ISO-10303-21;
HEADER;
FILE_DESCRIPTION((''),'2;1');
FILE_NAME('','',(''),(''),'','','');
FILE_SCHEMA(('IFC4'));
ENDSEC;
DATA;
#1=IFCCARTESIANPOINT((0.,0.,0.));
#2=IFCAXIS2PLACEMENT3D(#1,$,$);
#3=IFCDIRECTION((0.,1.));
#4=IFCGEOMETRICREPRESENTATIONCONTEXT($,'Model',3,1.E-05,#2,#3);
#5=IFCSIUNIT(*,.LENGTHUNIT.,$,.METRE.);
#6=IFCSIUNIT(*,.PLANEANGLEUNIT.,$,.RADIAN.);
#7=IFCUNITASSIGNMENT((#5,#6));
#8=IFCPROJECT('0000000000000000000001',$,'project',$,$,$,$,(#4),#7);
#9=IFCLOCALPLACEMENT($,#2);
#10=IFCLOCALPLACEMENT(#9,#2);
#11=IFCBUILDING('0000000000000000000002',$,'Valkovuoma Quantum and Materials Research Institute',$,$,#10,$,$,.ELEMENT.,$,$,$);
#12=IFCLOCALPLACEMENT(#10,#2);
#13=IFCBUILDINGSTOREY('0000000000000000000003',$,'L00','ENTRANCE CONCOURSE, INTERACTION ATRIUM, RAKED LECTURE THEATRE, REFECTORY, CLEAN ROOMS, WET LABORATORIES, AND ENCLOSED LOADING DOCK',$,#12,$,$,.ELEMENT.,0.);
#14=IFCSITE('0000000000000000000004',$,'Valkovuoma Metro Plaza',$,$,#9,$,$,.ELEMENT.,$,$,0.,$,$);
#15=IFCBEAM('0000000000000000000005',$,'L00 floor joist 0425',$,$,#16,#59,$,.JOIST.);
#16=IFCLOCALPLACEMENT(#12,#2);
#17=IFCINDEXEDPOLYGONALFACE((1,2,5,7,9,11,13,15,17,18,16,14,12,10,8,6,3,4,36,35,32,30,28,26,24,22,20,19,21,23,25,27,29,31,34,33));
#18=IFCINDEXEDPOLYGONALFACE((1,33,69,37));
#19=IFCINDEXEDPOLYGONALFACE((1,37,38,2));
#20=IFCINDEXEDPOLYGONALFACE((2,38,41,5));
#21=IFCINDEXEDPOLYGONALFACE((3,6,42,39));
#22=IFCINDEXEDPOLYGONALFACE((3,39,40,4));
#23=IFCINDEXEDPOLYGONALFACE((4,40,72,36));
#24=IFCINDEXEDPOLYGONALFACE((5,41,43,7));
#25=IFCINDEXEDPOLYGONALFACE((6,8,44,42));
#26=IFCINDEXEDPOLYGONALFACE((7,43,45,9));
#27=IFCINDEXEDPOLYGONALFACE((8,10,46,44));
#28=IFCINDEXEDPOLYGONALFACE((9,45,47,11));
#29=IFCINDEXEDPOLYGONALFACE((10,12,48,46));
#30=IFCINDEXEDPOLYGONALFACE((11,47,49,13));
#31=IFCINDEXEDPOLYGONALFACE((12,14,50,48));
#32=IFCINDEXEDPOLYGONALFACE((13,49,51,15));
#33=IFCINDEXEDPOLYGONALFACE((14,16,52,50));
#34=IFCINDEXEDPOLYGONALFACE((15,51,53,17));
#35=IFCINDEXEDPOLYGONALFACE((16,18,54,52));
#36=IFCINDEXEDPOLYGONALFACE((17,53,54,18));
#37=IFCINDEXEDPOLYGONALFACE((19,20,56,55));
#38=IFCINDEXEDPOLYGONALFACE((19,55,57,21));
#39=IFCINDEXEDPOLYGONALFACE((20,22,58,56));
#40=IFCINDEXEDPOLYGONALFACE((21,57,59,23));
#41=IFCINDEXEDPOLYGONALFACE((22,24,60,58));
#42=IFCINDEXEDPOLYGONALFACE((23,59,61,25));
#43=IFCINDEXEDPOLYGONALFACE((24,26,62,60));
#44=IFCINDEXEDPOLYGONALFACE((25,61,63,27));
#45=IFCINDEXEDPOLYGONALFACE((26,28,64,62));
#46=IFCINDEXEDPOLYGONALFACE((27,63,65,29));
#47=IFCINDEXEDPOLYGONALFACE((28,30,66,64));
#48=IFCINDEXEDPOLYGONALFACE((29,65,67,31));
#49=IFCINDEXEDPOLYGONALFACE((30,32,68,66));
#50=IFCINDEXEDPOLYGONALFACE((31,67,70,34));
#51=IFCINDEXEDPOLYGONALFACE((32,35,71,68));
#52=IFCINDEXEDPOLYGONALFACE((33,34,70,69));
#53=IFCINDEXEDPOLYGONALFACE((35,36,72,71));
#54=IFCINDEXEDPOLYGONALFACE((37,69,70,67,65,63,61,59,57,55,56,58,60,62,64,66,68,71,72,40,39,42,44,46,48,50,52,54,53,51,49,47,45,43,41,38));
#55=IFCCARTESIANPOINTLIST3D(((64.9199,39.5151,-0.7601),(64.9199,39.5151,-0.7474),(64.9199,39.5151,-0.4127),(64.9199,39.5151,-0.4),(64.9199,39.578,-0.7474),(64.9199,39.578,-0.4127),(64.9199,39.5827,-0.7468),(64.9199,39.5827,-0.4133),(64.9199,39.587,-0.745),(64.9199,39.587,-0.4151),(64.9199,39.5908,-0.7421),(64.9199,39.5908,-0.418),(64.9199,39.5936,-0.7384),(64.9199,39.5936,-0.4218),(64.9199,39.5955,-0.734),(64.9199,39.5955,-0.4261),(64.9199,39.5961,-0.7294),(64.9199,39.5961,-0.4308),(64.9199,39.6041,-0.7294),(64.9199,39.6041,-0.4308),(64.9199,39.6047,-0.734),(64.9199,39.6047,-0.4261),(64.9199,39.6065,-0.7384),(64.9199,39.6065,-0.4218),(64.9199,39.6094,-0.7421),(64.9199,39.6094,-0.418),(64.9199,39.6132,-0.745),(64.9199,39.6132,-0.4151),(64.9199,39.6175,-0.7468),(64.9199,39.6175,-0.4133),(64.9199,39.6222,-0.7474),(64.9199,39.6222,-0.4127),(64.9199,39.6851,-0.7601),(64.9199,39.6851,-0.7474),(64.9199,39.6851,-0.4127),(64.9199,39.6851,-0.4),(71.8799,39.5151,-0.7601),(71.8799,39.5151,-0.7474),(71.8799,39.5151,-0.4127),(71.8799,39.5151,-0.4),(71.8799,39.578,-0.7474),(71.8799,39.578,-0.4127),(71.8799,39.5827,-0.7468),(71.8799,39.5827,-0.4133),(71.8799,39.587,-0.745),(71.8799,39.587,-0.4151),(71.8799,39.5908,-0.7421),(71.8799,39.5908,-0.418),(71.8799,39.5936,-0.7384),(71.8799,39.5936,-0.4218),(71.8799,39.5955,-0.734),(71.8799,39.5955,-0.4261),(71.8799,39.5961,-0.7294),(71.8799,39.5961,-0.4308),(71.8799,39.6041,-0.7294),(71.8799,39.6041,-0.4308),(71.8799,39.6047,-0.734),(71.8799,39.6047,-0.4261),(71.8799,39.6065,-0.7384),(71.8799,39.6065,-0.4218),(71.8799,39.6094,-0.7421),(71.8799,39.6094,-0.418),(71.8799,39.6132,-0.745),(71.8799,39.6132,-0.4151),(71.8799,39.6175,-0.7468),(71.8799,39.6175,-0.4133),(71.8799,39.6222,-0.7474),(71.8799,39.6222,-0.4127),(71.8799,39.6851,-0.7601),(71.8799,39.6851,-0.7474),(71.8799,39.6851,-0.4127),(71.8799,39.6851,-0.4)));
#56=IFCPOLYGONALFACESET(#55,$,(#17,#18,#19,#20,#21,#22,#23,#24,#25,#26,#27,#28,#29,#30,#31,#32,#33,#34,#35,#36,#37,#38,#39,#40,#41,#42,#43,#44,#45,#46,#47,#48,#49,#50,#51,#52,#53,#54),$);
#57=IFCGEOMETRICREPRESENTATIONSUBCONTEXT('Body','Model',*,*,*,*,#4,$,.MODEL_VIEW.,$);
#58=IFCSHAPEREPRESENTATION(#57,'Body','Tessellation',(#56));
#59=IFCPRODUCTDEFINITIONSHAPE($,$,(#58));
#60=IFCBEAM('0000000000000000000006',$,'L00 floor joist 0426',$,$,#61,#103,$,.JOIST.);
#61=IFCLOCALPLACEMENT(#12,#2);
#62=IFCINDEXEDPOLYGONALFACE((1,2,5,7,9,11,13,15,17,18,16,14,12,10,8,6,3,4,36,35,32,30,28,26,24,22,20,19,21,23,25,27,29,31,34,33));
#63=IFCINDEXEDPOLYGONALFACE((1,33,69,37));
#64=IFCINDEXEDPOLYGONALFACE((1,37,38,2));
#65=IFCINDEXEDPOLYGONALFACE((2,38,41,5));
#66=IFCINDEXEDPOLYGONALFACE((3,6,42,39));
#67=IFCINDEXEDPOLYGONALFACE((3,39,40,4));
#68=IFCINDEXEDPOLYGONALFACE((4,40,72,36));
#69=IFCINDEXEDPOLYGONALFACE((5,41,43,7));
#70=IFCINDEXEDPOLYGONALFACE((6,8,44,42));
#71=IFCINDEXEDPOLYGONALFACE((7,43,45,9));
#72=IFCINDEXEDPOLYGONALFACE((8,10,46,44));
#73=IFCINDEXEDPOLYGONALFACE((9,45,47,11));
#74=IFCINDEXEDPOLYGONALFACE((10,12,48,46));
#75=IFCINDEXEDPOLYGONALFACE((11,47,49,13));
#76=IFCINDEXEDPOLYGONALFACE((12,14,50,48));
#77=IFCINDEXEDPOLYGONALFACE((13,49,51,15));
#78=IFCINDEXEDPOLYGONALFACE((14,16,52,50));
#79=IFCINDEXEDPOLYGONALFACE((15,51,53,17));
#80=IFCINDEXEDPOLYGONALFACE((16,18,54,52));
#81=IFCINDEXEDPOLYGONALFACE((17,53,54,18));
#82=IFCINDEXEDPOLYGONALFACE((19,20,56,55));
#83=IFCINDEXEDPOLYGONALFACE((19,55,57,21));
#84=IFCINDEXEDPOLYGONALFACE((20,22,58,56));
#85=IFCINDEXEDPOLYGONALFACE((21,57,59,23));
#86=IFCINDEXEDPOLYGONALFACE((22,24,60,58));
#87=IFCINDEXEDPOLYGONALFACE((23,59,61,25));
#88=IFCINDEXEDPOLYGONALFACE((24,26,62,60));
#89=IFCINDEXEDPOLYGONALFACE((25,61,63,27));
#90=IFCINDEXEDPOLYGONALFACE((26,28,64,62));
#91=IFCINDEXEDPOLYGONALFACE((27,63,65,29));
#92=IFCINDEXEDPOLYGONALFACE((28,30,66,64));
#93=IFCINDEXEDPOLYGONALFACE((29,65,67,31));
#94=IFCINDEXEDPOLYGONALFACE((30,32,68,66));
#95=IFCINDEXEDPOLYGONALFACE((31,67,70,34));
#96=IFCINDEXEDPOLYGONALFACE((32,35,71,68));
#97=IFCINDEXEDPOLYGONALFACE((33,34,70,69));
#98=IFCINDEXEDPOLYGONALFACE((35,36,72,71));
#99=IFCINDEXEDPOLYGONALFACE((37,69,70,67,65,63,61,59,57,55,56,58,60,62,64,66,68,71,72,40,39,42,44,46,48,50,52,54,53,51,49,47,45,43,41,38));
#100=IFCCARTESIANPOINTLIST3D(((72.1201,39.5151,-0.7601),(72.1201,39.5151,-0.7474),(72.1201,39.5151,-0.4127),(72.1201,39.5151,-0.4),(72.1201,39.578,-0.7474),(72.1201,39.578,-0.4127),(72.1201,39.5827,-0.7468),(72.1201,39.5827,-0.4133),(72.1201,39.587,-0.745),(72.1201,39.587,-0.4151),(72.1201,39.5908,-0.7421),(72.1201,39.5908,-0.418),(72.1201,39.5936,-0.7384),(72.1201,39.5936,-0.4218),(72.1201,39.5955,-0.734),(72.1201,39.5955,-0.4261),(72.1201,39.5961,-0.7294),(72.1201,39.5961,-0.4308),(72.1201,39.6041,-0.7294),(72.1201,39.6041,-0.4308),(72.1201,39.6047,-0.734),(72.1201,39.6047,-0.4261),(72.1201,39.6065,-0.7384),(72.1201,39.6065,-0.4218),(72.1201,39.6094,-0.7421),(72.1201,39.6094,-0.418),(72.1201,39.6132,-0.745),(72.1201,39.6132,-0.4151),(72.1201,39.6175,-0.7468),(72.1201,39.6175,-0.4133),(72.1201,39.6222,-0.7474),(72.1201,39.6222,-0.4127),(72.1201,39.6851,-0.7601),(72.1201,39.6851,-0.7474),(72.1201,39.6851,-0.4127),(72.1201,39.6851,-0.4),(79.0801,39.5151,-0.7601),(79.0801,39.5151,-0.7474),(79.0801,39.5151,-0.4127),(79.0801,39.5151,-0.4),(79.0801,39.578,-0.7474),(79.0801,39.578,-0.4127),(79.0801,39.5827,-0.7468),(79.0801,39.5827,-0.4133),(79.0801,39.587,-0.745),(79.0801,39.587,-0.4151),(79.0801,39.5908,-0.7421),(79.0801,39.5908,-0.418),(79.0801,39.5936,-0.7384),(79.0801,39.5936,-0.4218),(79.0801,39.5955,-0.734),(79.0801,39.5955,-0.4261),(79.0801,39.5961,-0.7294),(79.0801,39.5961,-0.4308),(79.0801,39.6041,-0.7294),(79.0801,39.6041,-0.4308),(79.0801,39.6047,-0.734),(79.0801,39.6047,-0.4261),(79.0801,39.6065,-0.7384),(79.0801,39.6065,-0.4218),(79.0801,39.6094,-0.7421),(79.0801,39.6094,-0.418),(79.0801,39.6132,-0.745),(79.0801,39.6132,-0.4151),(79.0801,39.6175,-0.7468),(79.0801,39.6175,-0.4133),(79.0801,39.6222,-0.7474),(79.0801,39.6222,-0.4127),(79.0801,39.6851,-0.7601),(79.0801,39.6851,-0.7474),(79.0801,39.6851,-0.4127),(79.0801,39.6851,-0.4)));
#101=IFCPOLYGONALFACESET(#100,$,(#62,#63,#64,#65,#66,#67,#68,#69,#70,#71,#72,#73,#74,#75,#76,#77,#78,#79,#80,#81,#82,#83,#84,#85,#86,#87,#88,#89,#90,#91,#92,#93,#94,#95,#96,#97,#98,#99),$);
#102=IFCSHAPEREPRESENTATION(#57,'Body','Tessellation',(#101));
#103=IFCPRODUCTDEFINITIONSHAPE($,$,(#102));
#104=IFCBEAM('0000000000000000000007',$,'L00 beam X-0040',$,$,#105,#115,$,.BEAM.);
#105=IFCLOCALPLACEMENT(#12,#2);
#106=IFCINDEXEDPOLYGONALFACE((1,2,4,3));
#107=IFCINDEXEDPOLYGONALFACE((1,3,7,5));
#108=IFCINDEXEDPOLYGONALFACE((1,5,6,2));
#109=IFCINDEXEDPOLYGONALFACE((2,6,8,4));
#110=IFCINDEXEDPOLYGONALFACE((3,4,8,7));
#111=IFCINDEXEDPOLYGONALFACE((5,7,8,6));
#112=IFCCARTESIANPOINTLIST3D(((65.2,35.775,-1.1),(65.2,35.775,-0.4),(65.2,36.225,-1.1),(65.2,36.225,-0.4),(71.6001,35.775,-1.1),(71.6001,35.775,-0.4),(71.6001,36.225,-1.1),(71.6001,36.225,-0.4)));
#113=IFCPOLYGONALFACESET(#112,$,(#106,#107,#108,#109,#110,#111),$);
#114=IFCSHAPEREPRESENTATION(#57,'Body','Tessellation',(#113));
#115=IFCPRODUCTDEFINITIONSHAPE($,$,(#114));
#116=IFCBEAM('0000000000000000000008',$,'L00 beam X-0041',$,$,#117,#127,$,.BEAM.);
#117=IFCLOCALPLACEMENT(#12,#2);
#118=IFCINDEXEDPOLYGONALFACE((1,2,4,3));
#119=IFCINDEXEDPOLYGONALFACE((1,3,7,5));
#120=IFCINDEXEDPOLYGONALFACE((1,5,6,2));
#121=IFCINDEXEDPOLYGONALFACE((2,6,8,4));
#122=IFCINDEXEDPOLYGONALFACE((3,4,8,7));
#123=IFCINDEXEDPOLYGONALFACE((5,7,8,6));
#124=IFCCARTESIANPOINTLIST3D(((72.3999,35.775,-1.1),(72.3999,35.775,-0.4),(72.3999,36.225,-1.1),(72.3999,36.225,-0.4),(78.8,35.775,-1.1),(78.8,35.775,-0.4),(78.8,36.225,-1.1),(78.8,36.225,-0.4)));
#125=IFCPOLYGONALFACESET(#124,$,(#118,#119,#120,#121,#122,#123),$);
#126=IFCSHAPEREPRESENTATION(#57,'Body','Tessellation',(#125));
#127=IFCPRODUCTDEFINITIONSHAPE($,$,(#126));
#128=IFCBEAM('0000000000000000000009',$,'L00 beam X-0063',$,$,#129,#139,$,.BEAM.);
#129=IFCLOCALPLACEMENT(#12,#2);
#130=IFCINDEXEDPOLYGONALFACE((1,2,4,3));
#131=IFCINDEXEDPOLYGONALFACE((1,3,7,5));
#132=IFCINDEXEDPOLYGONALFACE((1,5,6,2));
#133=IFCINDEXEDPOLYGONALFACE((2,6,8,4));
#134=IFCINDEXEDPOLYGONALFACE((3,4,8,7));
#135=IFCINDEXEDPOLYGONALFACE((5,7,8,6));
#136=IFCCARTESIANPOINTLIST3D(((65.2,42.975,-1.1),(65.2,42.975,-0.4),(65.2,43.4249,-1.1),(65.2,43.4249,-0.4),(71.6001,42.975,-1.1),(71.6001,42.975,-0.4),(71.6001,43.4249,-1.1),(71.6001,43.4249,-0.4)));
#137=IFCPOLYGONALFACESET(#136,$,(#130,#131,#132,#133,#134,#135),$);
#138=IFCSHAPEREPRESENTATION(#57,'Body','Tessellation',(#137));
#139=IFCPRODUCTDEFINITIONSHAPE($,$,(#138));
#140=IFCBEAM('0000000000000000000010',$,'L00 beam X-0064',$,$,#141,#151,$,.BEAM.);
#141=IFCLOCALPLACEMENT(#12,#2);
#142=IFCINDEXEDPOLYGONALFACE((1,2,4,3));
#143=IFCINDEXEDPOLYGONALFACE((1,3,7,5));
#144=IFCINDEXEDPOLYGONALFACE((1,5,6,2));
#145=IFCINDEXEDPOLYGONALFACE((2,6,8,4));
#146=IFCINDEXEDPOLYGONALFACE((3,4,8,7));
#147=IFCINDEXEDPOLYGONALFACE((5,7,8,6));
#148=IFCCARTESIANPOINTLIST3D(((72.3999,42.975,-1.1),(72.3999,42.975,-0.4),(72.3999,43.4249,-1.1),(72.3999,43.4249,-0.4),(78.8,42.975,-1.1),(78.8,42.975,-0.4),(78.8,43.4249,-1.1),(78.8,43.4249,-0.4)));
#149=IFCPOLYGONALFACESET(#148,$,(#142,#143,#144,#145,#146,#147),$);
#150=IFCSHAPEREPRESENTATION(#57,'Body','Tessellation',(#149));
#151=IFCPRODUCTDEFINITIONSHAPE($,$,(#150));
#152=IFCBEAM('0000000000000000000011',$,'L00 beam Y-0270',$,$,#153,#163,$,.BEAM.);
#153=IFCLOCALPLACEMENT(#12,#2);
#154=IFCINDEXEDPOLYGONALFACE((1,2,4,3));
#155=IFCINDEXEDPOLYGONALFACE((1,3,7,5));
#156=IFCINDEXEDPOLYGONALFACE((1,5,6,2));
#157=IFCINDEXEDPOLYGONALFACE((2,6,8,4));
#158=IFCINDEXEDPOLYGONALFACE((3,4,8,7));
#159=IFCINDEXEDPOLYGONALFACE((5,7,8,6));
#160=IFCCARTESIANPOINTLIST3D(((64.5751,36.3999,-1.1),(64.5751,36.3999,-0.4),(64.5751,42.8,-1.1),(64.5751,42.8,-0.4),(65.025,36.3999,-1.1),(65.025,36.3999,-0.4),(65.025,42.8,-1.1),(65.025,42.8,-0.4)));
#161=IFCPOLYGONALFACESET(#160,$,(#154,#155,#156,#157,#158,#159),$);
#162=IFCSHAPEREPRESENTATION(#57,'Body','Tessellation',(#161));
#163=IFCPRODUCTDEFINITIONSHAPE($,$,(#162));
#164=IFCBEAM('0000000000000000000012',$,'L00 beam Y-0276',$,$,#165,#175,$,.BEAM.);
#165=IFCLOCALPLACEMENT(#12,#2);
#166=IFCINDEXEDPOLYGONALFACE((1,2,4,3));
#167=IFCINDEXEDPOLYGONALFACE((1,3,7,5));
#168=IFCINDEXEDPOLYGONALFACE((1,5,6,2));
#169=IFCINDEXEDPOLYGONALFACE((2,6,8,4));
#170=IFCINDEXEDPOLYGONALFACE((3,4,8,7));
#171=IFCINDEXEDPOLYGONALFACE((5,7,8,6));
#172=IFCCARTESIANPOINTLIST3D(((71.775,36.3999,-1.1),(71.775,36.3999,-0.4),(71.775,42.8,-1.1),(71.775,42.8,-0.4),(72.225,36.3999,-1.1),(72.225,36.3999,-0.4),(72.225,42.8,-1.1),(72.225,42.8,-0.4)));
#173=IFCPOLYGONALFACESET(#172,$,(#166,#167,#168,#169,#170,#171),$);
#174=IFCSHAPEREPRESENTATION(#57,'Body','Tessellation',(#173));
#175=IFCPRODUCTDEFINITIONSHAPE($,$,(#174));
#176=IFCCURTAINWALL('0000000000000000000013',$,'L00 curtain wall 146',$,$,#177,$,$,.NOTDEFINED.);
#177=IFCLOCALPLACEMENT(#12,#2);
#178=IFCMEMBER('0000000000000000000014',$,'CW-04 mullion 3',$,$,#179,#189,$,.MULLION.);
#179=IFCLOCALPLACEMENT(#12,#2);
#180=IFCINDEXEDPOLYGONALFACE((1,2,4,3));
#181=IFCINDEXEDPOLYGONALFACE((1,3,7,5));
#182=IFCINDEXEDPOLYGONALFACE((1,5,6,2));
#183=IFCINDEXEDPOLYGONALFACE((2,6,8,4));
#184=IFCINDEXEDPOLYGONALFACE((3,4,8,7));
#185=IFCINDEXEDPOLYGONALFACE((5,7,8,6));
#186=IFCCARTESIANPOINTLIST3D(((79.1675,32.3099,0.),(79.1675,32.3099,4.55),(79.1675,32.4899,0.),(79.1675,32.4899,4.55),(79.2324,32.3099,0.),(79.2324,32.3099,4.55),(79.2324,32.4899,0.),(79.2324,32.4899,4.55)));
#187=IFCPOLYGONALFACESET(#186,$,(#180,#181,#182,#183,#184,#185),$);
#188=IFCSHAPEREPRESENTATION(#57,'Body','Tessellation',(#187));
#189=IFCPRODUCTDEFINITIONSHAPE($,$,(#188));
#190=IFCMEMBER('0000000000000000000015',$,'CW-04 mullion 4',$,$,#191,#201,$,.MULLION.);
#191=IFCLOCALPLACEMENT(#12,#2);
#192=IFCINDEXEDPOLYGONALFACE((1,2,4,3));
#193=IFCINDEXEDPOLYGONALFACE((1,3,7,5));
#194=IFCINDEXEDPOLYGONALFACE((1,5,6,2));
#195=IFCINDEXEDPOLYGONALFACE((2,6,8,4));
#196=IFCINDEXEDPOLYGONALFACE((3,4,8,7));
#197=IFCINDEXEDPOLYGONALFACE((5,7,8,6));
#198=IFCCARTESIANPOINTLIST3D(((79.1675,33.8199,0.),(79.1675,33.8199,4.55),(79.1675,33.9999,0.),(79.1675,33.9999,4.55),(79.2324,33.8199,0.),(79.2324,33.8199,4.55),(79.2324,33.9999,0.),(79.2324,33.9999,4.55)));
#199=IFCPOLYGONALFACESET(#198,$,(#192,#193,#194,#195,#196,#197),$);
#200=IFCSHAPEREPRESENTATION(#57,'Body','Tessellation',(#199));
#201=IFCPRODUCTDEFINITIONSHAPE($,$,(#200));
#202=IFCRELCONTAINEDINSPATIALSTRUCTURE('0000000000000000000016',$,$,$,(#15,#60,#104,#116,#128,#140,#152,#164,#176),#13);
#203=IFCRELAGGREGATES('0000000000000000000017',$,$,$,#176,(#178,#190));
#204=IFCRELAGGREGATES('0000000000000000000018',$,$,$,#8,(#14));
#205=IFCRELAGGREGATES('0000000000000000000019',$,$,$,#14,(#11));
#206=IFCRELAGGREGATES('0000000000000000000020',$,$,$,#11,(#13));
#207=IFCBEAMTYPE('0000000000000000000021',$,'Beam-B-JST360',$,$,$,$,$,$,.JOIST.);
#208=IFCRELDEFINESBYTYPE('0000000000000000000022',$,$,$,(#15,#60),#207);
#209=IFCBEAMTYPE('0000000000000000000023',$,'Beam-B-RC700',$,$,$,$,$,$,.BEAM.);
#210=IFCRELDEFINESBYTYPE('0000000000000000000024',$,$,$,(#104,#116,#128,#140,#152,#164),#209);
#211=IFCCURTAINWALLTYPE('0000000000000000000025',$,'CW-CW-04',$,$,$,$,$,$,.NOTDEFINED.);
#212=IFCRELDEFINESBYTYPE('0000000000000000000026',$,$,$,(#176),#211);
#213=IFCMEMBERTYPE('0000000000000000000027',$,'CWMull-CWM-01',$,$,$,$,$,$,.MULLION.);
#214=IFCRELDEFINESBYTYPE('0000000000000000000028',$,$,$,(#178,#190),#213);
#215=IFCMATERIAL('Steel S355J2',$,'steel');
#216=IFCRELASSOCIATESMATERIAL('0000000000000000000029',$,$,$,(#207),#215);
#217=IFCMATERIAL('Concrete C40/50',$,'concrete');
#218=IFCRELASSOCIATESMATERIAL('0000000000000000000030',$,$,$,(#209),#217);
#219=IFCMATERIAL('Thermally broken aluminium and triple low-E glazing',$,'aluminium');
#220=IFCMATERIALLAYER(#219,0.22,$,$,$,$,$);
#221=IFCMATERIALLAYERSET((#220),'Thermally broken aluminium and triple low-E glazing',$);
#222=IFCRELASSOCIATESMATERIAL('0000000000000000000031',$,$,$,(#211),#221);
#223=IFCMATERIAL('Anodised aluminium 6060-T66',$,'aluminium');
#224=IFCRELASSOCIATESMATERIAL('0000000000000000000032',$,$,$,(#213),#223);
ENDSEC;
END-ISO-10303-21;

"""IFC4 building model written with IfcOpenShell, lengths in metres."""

from ifc_helpers import new_model, si_unit, direction, frame, origin, origin_2d, place, context, subcontext, project, spatial, rectangle, i_section, extrude, material, layer, layer_set, material_profile, profile_set, type_object, element, aggregate, save


model = new_model("IFC4")

# Units and contexts
model_context = context("Model", 3, precision=1e-05, world=origin(), true_north=direction((0.0, 1.0)))
body_context = subcontext(model_context, "Body", "Model", "MODEL_VIEW")
ifc_project = project(units=[si_unit("LENGTHUNIT", "METRE"), si_unit("PLANEANGLEUNIT", "RADIAN")], contexts=[model_context])

# Site, building, storey
site_placement = place(None, origin())
site = spatial("IfcSite", under=ifc_project, at=site_placement, Name="Valkovuoma Metro Plaza", CompositionType="ELEMENT", RefElevation=0.0)
building_placement = place(site_placement, origin())
building = spatial("IfcBuilding", under=site, at=building_placement, Name="Valkovuoma Quantum and Materials Research Institute", CompositionType="ELEMENT")
storey_placement = place(building_placement, origin())
storey = spatial("IfcBuildingStorey", under=building, at=storey_placement, Name="L00", Description="ENTRANCE CONCOURSE, INTERACTION ATRIUM, RAKED LECTURE THEATRE, REFECTORY, CLEAN ROOMS, WET LABORATORIES, AND ENCLOSED LOADING DOCK", CompositionType="ELEMENT", Elevation=0.0)

# Beams
ifc_material_1 = material(Name="Steel S355J2", Category="steel")
ifc_material_profile_1 = material_profile(ifc_material_1, i_section(OverallWidth=0.1699, OverallDepth=0.3601, WebThickness=0.0081, FlangeThickness=0.0127, FilletRadius=0.0181, at=origin_2d()), Name="Steel S355J2")
ifc_profile_set_1 = profile_set([ifc_material_profile_1], Name="Steel S355J2")
beam_type_1 = type_object("IfcBeamType", Name="Beam-B-JST360", PredefinedType="JOIST", material=ifc_profile_set_1)
for number, where, z_axis, x_axis, name in (
    (1, (64.9199, 39.6001, -0.5801), (1.0, 0.0, 0.0), (0.0, 1.0, 0.0), "L00 floor joist 0425"),
    (2, (72.1201, 39.6001, -0.5801), (1.0, 0.0, 0.0), (0.0, 1.0, 0.0), "L00 floor joist 0426"),
):
    element("IfcBeam", number, at=place(storey_placement, frame(where, z_axis=z_axis, x_axis=x_axis)), inside=storey, type_object=beam_type_1, Name=name, PredefinedType="JOIST", context=body_context, shape_type="SweptSolid", body=[
        extrude(i_section(OverallWidth=0.1699, OverallDepth=0.3601, WebThickness=0.0081, FlangeThickness=0.0127, FilletRadius=0.0181, at=origin_2d()), origin(), (0.0, 0.0, 1.0), 6.96),
    ])
ifc_material_2 = material(Name="Concrete C40/50", Category="concrete")
ifc_material_profile_2 = material_profile(ifc_material_2, rectangle(XDim=0.45, YDim=0.7, at=origin_2d()), Name="Concrete C40/50")
ifc_profile_set_2 = profile_set([ifc_material_profile_2], Name="Concrete C40/50")
beam_type_2 = type_object("IfcBeamType", Name="Beam-B-RC700", PredefinedType="BEAM", material=ifc_profile_set_2)
for number, where, z_axis, x_axis, name in (
    (3, (65.2, 36.0, -0.75), (1.0, 0.0, 0.0), (0.0, 1.0, 0.0), "L00 beam X-0040"),
    (4, (72.3999, 36.0, -0.75), (1.0, 0.0, 0.0), (0.0, 1.0, 0.0), "L00 beam X-0041"),
    (5, (65.2, 43.2, -0.75), (1.0, 0.0, 0.0), (0.0, 1.0, 0.0), "L00 beam X-0063"),
    (6, (72.3999, 43.2, -0.75), (1.0, 0.0, 0.0), (0.0, 1.0, 0.0), "L00 beam X-0064"),
    (7, (64.8, 36.3999, -0.75), (0.0, 1.0, 0.0), (-1.0, 0.0, 0.0), "L00 beam Y-0270"),
    (8, (72.0, 36.3999, -0.75), (0.0, 1.0, 0.0), (-1.0, 0.0, 0.0), "L00 beam Y-0276"),
):
    element("IfcBeam", number, at=place(storey_placement, frame(where, z_axis=z_axis, x_axis=x_axis)), inside=storey, type_object=beam_type_2, Name=name, PredefinedType="BEAM", context=body_context, shape_type="SweptSolid", body=[
        extrude(rectangle(XDim=0.45, YDim=0.7, at=origin_2d()), origin(), (0.0, 0.0, 1.0), 6.4001),
    ])

# Curtain wall, members
ifc_material_3 = material(Name="Thermally broken aluminium and triple low-E glazing", Category="aluminium")
ifc_layer_1 = layer(ifc_material_3, 0.22)
ifc_layer_set_1 = layer_set([ifc_layer_1], Name="Thermally broken aluminium and triple low-E glazing")
curtain_wall_type = type_object("IfcCurtainWallType", Name="CW-CW-04", PredefinedType="NOTDEFINED", material=ifc_layer_set_1)
curtain_wall_placement = place(storey_placement, origin())
curtain_wall = element("IfcCurtainWall", 9, at=curtain_wall_placement, inside=storey, type_object=curtain_wall_type, Name="L00 curtain wall 146", PredefinedType="NOTDEFINED")
ifc_material_4 = material(Name="Anodised aluminium 6060-T66", Category="aluminium")
ifc_material_profile_3 = material_profile(ifc_material_4, rectangle(XDim=0.0649, YDim=0.1799, at=origin_2d()), Name="Anodised aluminium 6060-T66")
ifc_profile_set_3 = profile_set([ifc_material_profile_3], Name="Anodised aluminium 6060-T66")
member_type_1 = type_object("IfcMemberType", Name="CWMull-CWM-01", PredefinedType="MULLION", material=ifc_profile_set_3)
member_1_placement = place(storey_placement, frame((79.2, 32.3999, 0.0), z_axis=(0.0, 0.0, 1.0), x_axis=(-1.0, 0.0, 0.0)))
member_1 = element("IfcMember", 10, at=member_1_placement, type_object=member_type_1, Name="CW-04 mullion 3", PredefinedType="MULLION", context=body_context, shape_type="SweptSolid", body=[
    extrude(rectangle(XDim=0.0649, YDim=0.1799, at=origin_2d()), origin(), (0.0, 0.0, 1.0), 4.55),
])
member_2_placement = place(storey_placement, frame((79.2, 33.9099, 0.0), z_axis=(0.0, 0.0, 1.0), x_axis=(-1.0, 0.0, 0.0)))
member_2 = element("IfcMember", 11, at=member_2_placement, type_object=member_type_1, Name="CW-04 mullion 4", PredefinedType="MULLION", context=body_context, shape_type="SweptSolid", body=[
    extrude(rectangle(XDim=0.0649, YDim=0.1799, at=origin_2d()), origin(), (0.0, 0.0, 1.0), 4.55),
])
aggregate(curtain_wall, [member_1, member_2])

save(model, "model.ifc")
